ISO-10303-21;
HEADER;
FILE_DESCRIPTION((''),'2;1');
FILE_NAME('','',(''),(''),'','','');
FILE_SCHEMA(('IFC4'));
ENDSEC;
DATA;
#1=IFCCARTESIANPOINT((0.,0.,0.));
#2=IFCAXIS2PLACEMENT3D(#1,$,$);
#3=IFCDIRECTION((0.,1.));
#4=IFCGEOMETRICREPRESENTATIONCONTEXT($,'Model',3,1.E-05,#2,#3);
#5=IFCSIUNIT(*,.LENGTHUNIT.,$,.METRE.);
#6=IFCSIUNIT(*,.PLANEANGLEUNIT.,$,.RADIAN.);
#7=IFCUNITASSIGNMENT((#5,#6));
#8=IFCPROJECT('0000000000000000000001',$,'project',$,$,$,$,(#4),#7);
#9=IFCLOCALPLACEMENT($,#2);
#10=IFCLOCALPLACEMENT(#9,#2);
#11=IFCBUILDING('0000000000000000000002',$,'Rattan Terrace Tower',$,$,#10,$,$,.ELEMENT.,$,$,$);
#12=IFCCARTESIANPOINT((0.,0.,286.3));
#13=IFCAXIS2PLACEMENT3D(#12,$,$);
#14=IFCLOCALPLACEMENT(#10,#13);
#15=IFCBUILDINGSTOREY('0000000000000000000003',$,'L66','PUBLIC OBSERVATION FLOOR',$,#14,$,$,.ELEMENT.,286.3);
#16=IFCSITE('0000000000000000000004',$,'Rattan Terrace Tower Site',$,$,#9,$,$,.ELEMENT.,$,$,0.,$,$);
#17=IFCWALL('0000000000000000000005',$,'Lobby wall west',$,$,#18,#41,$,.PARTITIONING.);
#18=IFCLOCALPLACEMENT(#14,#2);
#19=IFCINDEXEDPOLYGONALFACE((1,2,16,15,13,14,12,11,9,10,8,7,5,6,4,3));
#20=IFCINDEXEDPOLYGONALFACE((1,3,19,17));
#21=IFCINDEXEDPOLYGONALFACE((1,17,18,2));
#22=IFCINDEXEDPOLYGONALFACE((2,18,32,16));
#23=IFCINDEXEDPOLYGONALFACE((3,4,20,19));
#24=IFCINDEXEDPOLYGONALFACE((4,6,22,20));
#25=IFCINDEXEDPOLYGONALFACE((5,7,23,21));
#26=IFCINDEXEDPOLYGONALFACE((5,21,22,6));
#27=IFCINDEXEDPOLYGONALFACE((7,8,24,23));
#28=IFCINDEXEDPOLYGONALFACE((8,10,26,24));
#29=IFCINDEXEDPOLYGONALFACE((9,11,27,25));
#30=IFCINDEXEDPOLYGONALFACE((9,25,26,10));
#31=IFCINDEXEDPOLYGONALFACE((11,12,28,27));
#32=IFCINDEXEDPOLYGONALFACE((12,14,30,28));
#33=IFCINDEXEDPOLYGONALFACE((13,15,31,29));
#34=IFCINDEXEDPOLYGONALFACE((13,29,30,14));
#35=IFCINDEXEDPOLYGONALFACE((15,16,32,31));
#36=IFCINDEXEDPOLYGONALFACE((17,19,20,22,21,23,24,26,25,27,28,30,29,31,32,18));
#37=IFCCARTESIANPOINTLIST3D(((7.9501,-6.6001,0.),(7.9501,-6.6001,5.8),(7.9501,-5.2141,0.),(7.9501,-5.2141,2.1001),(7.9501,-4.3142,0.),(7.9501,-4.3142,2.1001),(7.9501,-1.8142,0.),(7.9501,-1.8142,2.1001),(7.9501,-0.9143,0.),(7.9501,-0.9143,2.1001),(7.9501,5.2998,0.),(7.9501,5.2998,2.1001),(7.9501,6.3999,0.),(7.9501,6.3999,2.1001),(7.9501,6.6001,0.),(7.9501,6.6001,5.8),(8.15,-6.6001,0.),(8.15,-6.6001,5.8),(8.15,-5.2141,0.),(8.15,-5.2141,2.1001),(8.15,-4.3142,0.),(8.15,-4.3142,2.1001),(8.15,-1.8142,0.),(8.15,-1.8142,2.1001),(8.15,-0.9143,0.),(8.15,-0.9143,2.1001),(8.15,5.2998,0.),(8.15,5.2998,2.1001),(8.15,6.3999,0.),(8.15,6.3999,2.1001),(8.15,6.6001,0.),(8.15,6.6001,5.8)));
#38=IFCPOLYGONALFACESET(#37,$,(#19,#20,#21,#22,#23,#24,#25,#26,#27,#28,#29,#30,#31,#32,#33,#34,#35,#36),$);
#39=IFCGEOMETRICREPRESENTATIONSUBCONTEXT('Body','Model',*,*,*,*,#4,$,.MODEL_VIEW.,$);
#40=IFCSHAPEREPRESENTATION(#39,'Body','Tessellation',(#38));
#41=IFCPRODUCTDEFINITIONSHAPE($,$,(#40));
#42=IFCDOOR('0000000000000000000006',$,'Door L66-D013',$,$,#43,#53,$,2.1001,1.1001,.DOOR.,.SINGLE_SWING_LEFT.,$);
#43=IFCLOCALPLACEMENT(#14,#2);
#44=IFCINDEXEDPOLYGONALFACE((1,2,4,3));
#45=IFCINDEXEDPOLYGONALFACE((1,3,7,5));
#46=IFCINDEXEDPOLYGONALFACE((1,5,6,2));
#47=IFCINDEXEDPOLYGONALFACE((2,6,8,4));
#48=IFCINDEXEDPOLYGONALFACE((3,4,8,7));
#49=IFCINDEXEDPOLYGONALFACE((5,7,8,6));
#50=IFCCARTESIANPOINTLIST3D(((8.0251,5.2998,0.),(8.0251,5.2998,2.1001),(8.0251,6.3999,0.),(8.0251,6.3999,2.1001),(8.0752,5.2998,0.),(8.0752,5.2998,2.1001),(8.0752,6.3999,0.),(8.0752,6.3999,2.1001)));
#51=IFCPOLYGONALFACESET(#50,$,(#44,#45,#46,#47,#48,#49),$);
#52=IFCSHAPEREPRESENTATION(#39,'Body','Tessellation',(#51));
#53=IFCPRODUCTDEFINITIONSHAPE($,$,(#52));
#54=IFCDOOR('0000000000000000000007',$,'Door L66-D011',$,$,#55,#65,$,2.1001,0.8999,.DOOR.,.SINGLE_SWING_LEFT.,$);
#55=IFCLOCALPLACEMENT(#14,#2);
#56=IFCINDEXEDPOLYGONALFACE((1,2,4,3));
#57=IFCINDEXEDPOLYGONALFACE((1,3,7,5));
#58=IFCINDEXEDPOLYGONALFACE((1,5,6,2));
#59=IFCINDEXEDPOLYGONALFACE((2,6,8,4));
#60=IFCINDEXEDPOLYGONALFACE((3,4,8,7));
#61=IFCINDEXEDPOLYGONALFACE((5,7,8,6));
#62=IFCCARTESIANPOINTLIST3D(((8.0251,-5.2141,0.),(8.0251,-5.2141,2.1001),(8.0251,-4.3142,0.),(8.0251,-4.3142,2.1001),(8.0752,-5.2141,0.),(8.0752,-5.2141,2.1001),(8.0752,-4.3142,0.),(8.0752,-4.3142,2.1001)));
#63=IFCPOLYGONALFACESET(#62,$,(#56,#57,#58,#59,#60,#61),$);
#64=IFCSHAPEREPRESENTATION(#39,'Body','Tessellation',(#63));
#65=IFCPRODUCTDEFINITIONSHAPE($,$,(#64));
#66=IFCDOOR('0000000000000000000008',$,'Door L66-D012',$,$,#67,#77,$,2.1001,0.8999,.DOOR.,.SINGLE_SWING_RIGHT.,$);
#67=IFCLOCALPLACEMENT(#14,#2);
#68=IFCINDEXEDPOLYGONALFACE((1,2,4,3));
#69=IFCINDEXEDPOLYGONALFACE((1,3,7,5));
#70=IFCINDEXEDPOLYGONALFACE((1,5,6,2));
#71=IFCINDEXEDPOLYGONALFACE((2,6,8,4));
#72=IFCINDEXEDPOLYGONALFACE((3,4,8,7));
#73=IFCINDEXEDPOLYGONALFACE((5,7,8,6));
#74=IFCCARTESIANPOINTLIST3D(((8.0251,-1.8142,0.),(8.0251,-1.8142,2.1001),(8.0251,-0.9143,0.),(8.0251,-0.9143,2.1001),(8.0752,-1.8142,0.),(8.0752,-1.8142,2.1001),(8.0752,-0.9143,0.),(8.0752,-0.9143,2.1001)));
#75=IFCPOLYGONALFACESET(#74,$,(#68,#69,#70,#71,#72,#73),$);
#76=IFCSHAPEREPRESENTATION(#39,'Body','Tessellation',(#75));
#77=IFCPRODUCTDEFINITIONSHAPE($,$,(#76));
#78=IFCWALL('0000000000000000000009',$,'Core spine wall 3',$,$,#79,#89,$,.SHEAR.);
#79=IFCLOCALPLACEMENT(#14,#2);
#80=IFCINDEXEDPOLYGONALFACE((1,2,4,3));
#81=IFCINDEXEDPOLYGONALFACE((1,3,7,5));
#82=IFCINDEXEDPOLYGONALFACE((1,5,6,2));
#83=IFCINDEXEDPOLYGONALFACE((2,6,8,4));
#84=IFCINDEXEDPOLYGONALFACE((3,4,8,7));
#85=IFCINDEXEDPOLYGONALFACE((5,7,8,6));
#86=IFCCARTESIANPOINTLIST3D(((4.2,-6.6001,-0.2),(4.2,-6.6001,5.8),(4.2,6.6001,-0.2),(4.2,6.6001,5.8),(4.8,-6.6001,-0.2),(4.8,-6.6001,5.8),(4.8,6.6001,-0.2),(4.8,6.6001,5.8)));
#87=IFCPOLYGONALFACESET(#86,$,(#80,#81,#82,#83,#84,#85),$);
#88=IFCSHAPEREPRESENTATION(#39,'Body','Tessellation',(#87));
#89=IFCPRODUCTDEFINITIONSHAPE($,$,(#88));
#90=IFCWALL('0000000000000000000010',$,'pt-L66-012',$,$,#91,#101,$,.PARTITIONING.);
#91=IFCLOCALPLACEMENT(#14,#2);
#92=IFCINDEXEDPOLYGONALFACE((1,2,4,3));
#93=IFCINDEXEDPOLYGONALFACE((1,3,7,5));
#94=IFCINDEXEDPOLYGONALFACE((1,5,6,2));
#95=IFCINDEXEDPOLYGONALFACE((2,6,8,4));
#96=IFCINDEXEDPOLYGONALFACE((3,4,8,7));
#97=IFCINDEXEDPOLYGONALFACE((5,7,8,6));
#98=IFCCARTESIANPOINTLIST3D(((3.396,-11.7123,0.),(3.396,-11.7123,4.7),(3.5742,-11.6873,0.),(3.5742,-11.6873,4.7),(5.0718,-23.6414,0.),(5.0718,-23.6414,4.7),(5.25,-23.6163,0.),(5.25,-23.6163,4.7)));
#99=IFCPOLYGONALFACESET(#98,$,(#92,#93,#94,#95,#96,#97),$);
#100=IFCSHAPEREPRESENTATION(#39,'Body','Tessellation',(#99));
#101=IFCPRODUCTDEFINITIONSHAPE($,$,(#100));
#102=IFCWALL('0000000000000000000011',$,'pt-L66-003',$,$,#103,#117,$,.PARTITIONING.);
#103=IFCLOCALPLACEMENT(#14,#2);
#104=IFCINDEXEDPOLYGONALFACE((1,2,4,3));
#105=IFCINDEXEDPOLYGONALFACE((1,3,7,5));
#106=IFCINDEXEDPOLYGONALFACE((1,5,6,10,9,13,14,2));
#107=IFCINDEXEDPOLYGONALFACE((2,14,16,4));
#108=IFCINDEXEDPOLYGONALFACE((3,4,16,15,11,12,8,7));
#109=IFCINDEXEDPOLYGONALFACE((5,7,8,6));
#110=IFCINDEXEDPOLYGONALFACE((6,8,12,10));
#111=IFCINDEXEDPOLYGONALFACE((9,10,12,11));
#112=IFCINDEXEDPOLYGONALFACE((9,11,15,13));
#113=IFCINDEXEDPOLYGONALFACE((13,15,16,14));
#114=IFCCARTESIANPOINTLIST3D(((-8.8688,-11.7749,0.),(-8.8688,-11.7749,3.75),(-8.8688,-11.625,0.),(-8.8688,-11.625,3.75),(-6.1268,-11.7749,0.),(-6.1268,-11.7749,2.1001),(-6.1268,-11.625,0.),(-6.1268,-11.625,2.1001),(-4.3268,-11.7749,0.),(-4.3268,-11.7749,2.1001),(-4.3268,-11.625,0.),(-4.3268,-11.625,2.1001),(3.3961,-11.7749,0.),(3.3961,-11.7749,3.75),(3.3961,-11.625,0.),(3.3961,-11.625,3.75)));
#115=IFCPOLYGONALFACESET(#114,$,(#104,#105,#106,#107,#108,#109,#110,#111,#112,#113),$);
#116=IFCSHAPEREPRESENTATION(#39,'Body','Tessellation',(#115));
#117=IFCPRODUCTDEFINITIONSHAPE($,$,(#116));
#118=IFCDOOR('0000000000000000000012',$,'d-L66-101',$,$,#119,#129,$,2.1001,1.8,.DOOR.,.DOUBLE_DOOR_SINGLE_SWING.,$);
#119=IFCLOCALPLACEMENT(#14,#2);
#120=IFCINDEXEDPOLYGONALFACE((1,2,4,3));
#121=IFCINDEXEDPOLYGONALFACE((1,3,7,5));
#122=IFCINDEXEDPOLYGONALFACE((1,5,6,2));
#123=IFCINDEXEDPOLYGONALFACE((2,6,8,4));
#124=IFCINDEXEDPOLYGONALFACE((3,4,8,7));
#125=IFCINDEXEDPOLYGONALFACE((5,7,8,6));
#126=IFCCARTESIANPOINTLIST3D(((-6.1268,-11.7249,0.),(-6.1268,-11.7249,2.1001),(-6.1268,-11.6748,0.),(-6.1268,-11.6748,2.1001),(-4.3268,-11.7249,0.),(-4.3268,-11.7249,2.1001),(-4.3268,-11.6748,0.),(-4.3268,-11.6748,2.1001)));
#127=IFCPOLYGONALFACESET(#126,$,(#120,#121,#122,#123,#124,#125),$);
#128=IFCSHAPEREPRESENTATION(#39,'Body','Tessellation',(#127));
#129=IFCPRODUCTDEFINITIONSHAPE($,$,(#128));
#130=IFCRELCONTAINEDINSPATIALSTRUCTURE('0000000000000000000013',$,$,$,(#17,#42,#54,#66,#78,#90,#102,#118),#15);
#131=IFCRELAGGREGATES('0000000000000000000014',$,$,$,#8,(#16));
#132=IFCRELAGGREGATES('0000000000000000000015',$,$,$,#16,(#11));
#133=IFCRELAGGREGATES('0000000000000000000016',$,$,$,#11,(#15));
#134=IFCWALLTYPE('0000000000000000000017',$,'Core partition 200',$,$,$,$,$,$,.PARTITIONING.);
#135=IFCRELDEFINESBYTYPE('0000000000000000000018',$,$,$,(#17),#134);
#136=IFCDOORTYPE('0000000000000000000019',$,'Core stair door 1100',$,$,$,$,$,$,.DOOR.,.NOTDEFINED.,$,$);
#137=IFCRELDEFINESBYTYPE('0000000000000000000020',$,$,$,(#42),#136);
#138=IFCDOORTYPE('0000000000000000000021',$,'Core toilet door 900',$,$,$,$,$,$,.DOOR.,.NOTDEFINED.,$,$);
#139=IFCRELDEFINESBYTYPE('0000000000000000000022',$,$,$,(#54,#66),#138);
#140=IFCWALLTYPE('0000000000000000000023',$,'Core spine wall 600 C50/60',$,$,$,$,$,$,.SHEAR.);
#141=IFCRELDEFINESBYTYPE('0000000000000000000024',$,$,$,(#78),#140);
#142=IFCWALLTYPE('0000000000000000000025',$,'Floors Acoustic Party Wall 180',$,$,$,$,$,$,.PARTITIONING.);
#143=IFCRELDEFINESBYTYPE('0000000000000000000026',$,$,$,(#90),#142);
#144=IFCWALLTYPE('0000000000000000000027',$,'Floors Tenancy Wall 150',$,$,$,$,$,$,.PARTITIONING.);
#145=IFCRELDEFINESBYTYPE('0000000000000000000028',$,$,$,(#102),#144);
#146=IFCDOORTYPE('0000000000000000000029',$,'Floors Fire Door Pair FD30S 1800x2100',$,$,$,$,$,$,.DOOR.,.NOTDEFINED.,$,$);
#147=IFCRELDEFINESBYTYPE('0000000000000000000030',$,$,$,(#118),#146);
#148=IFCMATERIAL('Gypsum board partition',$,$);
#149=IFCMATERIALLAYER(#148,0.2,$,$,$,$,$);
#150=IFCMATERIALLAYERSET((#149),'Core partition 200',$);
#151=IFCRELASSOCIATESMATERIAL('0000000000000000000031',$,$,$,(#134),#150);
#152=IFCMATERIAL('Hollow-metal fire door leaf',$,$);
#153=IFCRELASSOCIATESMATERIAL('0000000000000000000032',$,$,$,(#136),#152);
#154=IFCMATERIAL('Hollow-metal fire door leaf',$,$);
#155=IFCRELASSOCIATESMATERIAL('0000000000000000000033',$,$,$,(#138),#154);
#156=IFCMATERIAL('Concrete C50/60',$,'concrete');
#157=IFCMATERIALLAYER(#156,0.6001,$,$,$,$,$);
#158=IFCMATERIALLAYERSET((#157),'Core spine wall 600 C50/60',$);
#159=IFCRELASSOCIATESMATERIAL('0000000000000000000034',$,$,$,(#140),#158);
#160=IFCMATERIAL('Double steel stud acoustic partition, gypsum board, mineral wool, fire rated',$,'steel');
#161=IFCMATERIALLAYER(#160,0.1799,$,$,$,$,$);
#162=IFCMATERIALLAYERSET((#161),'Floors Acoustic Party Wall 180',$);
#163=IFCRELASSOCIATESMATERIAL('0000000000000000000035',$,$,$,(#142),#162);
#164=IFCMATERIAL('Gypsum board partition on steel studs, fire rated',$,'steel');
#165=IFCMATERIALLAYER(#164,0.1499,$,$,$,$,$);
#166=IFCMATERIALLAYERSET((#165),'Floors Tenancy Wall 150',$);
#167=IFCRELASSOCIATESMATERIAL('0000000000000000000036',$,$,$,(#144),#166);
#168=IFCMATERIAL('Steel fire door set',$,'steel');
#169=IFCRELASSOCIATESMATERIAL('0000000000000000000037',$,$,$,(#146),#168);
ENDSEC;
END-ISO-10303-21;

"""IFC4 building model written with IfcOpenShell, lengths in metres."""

from ifc_helpers import new_model, si_unit, direction, frame, frame_2d, origin, place, context, subcontext, project, spatial, rectangle, extrude, material, layer, layer_set, type_object, element, fill, save


model = new_model("IFC4")

# Units and contexts
model_context = context("Model", 3, precision=1e-05, world=origin(), true_north=direction((0.0, 1.0)))
body_context = subcontext(model_context, "Body", "Model", "MODEL_VIEW")
ifc_project = project(units=[si_unit("LENGTHUNIT", "METRE"), si_unit("PLANEANGLEUNIT", "RADIAN")], contexts=[model_context])

# Site, building, storey
site_placement = place(None, origin())
site = spatial("IfcSite", under=ifc_project, at=site_placement, Name="Rattan Terrace Tower Site", CompositionType="ELEMENT", RefElevation=0.0)
building_placement = place(site_placement, origin())
building = spatial("IfcBuilding", under=site, at=building_placement, Name="Rattan Terrace Tower", CompositionType="ELEMENT")
storey_placement = place(building_placement, frame((0.0, 0.0, 286.3)))
storey = spatial("IfcBuildingStorey", under=building, at=storey_placement, Name="L66", Description="PUBLIC OBSERVATION FLOOR", CompositionType="ELEMENT", Elevation=286.3)

# Wall, openings, doors
ifc_material_1 = material(Name="Gypsum board partition")
ifc_layer_1 = layer(ifc_material_1, 0.2)
ifc_layer_set_1 = layer_set([ifc_layer_1], Name="Core partition 200")
wall_type_1 = type_object("IfcWallType", Name="Core partition 200", PredefinedType="PARTITIONING", material=ifc_layer_set_1)
wall_1_placement = place(storey_placement, frame((8.05, -6.6001, 0.0), z_axis=(0.0, 0.0, 1.0), x_axis=(0.0, 1.0, 0.0)))
wall_1 = element("IfcWall", 1, at=wall_1_placement, inside=storey, type_object=wall_type_1, Name="Lobby wall west", PredefinedType="PARTITIONING", context=body_context, shape_type="SweptSolid", body=[
    extrude(rectangle(XDim=13.2002, YDim=0.2, at=frame_2d((6.6001, 0.0))), origin(), (0.0, 0.0, 1.0), 5.8),
])
opening_1_placement = place(wall_1_placement, frame((1.386, 0.0, 0.0)))
opening_1 = element("IfcOpeningElement", 2, at=opening_1_placement, cuts=wall_1, PredefinedType="OPENING", context=body_context, shape_type="SweptSolid", body=[
    extrude(rectangle(XDim=0.8999, YDim=2.1001, at=frame_2d((0.45, 1.05))), frame((0.0, 0.1106, 0.0), z_axis=(0.0, -1.0, 0.0), x_axis=(1.0, 0.0, 0.0)), (0.0, 0.0, 1.0), 0.2209),
])
opening_2_placement = place(wall_1_placement, frame((4.7859, 0.0, 0.0)))
opening_2 = element("IfcOpeningElement", 3, at=opening_2_placement, cuts=wall_1, PredefinedType="OPENING", context=body_context, shape_type="SweptSolid", body=[
    extrude(rectangle(XDim=0.8999, YDim=2.1001, at=frame_2d((0.45, 1.05))), frame((0.0, 0.1106, 0.0), z_axis=(0.0, -1.0, 0.0), x_axis=(1.0, 0.0, 0.0)), (0.0, 0.0, 1.0), 0.2209),
])
opening_3_placement = place(wall_1_placement, frame((11.8999, 0.0, 0.0)))
opening_3 = element("IfcOpeningElement", 4, at=opening_3_placement, cuts=wall_1, PredefinedType="OPENING", context=body_context, shape_type="SweptSolid", body=[
    extrude(rectangle(XDim=1.1001, YDim=2.1001, at=frame_2d((0.55, 1.05))), frame((0.0, 0.1106, 0.0), z_axis=(0.0, -1.0, 0.0), x_axis=(1.0, 0.0, 0.0)), (0.0, 0.0, 1.0), 0.2209),
])
ifc_material_2 = material(Name="Hollow-metal fire door leaf")
door_type_1 = type_object("IfcDoorType", Name="Core stair door 1100", OperationType="NOTDEFINED", PredefinedType="DOOR", material=ifc_material_2)
door_1_placement = place(opening_3_placement, origin())
door_1 = element("IfcDoor", 5, at=door_1_placement, inside=storey, type_object=door_type_1, Name="Door L66-D013", OperationType="SINGLE_SWING_LEFT", OverallHeight=2.1001, OverallWidth=1.1001, PredefinedType="DOOR", context=body_context, shape_type="SweptSolid", body=[
    extrude(rectangle(XDim=1.1001, YDim=2.1001, at=frame_2d((0.55, 1.05))), frame((0.0, 0.0249, 0.0), z_axis=(0.0, -1.0, 0.0), x_axis=(1.0, 0.0, 0.0)), (0.0, 0.0, 1.0), 0.05),
])
fill(opening_3, door_1)
ifc_material_3 = material(Name="Hollow-metal fire door leaf")
door_type_2 = type_object("IfcDoorType", Name="Core toilet door 900", OperationType="NOTDEFINED", PredefinedType="DOOR", material=ifc_material_3)
door_2_placement = place(opening_1_placement, origin())
door_2 = element("IfcDoor", 6, at=door_2_placement, inside=storey, type_object=door_type_2, Name="Door L66-D011", OperationType="SINGLE_SWING_LEFT", OverallHeight=2.1001, OverallWidth=0.8999, PredefinedType="DOOR", context=body_context, shape_type="SweptSolid", body=[
    extrude(rectangle(XDim=0.8999, YDim=2.1001, at=frame_2d((0.45, 1.05))), frame((0.0, 0.0249, 0.0), z_axis=(0.0, -1.0, 0.0), x_axis=(1.0, 0.0, 0.0)), (0.0, 0.0, 1.0), 0.05),
])
fill(opening_1, door_2)
door_3_placement = place(opening_2_placement, origin())
door_3 = element("IfcDoor", 7, at=door_3_placement, inside=storey, type_object=door_type_2, Name="Door L66-D012", OperationType="SINGLE_SWING_RIGHT", OverallHeight=2.1001, OverallWidth=0.8999, PredefinedType="DOOR", context=body_context, shape_type="SweptSolid", body=[
    extrude(rectangle(XDim=0.8999, YDim=2.1001, at=frame_2d((0.45, 1.05))), frame((0.0, 0.0249, 0.0), z_axis=(0.0, -1.0, 0.0), x_axis=(1.0, 0.0, 0.0)), (0.0, 0.0, 1.0), 0.05),
])
fill(opening_2, door_3)

# Walls
ifc_material_4 = material(Name="Concrete C50/60", Category="concrete")
ifc_layer_2 = layer(ifc_material_4, 0.6001)
ifc_layer_set_2 = layer_set([ifc_layer_2], Name="Core spine wall 600 C50/60")
wall_type_2 = type_object("IfcWallType", Name="Core spine wall 600 C50/60", PredefinedType="SHEAR", material=ifc_layer_set_2)
wall_2_placement = place(storey_placement, frame((4.5, -6.6001, -0.2), z_axis=(0.0, 0.0, 1.0), x_axis=(0.0, 1.0, 0.0)))
element("IfcWall", 8, at=wall_2_placement, inside=storey, type_object=wall_type_2, Name="Core spine wall 3", PredefinedType="SHEAR", context=body_context, shape_type="SweptSolid", body=[
    extrude(rectangle(XDim=13.2002, YDim=0.6001, at=frame_2d((6.6001, 0.0))), origin(), (0.0, 0.0, 1.0), 6.0),
])
ifc_material_5 = material(Name="Double steel stud acoustic partition, gypsum board, mineral wool, fire rated", Category="steel")
ifc_layer_3 = layer(ifc_material_5, 0.1799)
ifc_layer_set_3 = layer_set([ifc_layer_3], Name="Floors Acoustic Party Wall 180")
wall_type_3 = type_object("IfcWallType", Name="Floors Acoustic Party Wall 180", PredefinedType="PARTITIONING", material=ifc_layer_set_3)
wall_3_placement = place(storey_placement, frame((3.4851, -11.7, 0.0), z_axis=(0.0, 0.0, 1.0), x_axis=(0.139114, -0.990276, 0.0)))
element("IfcWall", 9, at=wall_3_placement, inside=storey, type_object=wall_type_3, Name="pt-L66-012", PredefinedType="PARTITIONING", context=body_context, shape_type="SweptSolid", body=[
    extrude(rectangle(XDim=12.0461, YDim=0.1799, at=frame_2d((6.0229, 0.0))), origin(), (0.0, 0.0, 1.0), 4.7),
])

# Wall, opening, door
ifc_material_6 = material(Name="Gypsum board partition on steel studs, fire rated", Category="steel")
ifc_layer_4 = layer(ifc_material_6, 0.1499)
ifc_layer_set_4 = layer_set([ifc_layer_4], Name="Floors Tenancy Wall 150")
wall_type_4 = type_object("IfcWallType", Name="Floors Tenancy Wall 150", PredefinedType="PARTITIONING", material=ifc_layer_set_4)
wall_4_placement = place(storey_placement, frame((3.396, -11.7, 0.0), z_axis=(0.0, 0.0, 1.0), x_axis=(-1.0, 0.0, 0.0)))
wall_4 = element("IfcWall", 10, at=wall_4_placement, inside=storey, type_object=wall_type_4, Name="pt-L66-003", PredefinedType="PARTITIONING", context=body_context, shape_type="SweptSolid", body=[
    extrude(rectangle(XDim=12.2649, YDim=0.1499, at=frame_2d((6.1323, 0.0))), origin(), (0.0, 0.0, 1.0), 3.75),
])
opening_4_placement = place(wall_4_placement, frame((7.7229, 0.0, 0.0)))
opening_4 = element("IfcOpeningElement", 11, at=opening_4_placement, cuts=wall_4, PredefinedType="OPENING", context=body_context, shape_type="SweptSolid", body=[
    extrude(rectangle(XDim=1.8, YDim=2.1001, at=frame_2d((0.8999, 1.05))), frame((0.0, 0.0854, 0.0), z_axis=(0.0, -1.0, 0.0), x_axis=(1.0, 0.0, 0.0)), (0.0, 0.0, 1.0), 0.1709),
])
ifc_material_7 = material(Name="Steel fire door set", Category="steel")
door_type_3 = type_object("IfcDoorType", Name="Floors Fire Door Pair FD30S 1800x2100", OperationType="NOTDEFINED", PredefinedType="DOOR", material=ifc_material_7)
door_4_placement = place(opening_4_placement, origin())
door_4 = element("IfcDoor", 12, at=door_4_placement, inside=storey, type_object=door_type_3, Name="d-L66-101", OperationType="DOUBLE_DOOR_SINGLE_SWING", OverallHeight=2.1001, OverallWidth=1.8, PredefinedType="DOOR", context=body_context, shape_type="SweptSolid", body=[
    extrude(rectangle(XDim=1.8, YDim=2.1001, at=frame_2d((0.8999, 1.05))), frame((0.0, 0.0249, 0.0), z_axis=(0.0, -1.0, 0.0), x_axis=(1.0, 0.0, 0.0)), (0.0, 0.0, 1.0), 0.05),
])
fill(opening_4, door_4)

save(model, "model.ifc")
